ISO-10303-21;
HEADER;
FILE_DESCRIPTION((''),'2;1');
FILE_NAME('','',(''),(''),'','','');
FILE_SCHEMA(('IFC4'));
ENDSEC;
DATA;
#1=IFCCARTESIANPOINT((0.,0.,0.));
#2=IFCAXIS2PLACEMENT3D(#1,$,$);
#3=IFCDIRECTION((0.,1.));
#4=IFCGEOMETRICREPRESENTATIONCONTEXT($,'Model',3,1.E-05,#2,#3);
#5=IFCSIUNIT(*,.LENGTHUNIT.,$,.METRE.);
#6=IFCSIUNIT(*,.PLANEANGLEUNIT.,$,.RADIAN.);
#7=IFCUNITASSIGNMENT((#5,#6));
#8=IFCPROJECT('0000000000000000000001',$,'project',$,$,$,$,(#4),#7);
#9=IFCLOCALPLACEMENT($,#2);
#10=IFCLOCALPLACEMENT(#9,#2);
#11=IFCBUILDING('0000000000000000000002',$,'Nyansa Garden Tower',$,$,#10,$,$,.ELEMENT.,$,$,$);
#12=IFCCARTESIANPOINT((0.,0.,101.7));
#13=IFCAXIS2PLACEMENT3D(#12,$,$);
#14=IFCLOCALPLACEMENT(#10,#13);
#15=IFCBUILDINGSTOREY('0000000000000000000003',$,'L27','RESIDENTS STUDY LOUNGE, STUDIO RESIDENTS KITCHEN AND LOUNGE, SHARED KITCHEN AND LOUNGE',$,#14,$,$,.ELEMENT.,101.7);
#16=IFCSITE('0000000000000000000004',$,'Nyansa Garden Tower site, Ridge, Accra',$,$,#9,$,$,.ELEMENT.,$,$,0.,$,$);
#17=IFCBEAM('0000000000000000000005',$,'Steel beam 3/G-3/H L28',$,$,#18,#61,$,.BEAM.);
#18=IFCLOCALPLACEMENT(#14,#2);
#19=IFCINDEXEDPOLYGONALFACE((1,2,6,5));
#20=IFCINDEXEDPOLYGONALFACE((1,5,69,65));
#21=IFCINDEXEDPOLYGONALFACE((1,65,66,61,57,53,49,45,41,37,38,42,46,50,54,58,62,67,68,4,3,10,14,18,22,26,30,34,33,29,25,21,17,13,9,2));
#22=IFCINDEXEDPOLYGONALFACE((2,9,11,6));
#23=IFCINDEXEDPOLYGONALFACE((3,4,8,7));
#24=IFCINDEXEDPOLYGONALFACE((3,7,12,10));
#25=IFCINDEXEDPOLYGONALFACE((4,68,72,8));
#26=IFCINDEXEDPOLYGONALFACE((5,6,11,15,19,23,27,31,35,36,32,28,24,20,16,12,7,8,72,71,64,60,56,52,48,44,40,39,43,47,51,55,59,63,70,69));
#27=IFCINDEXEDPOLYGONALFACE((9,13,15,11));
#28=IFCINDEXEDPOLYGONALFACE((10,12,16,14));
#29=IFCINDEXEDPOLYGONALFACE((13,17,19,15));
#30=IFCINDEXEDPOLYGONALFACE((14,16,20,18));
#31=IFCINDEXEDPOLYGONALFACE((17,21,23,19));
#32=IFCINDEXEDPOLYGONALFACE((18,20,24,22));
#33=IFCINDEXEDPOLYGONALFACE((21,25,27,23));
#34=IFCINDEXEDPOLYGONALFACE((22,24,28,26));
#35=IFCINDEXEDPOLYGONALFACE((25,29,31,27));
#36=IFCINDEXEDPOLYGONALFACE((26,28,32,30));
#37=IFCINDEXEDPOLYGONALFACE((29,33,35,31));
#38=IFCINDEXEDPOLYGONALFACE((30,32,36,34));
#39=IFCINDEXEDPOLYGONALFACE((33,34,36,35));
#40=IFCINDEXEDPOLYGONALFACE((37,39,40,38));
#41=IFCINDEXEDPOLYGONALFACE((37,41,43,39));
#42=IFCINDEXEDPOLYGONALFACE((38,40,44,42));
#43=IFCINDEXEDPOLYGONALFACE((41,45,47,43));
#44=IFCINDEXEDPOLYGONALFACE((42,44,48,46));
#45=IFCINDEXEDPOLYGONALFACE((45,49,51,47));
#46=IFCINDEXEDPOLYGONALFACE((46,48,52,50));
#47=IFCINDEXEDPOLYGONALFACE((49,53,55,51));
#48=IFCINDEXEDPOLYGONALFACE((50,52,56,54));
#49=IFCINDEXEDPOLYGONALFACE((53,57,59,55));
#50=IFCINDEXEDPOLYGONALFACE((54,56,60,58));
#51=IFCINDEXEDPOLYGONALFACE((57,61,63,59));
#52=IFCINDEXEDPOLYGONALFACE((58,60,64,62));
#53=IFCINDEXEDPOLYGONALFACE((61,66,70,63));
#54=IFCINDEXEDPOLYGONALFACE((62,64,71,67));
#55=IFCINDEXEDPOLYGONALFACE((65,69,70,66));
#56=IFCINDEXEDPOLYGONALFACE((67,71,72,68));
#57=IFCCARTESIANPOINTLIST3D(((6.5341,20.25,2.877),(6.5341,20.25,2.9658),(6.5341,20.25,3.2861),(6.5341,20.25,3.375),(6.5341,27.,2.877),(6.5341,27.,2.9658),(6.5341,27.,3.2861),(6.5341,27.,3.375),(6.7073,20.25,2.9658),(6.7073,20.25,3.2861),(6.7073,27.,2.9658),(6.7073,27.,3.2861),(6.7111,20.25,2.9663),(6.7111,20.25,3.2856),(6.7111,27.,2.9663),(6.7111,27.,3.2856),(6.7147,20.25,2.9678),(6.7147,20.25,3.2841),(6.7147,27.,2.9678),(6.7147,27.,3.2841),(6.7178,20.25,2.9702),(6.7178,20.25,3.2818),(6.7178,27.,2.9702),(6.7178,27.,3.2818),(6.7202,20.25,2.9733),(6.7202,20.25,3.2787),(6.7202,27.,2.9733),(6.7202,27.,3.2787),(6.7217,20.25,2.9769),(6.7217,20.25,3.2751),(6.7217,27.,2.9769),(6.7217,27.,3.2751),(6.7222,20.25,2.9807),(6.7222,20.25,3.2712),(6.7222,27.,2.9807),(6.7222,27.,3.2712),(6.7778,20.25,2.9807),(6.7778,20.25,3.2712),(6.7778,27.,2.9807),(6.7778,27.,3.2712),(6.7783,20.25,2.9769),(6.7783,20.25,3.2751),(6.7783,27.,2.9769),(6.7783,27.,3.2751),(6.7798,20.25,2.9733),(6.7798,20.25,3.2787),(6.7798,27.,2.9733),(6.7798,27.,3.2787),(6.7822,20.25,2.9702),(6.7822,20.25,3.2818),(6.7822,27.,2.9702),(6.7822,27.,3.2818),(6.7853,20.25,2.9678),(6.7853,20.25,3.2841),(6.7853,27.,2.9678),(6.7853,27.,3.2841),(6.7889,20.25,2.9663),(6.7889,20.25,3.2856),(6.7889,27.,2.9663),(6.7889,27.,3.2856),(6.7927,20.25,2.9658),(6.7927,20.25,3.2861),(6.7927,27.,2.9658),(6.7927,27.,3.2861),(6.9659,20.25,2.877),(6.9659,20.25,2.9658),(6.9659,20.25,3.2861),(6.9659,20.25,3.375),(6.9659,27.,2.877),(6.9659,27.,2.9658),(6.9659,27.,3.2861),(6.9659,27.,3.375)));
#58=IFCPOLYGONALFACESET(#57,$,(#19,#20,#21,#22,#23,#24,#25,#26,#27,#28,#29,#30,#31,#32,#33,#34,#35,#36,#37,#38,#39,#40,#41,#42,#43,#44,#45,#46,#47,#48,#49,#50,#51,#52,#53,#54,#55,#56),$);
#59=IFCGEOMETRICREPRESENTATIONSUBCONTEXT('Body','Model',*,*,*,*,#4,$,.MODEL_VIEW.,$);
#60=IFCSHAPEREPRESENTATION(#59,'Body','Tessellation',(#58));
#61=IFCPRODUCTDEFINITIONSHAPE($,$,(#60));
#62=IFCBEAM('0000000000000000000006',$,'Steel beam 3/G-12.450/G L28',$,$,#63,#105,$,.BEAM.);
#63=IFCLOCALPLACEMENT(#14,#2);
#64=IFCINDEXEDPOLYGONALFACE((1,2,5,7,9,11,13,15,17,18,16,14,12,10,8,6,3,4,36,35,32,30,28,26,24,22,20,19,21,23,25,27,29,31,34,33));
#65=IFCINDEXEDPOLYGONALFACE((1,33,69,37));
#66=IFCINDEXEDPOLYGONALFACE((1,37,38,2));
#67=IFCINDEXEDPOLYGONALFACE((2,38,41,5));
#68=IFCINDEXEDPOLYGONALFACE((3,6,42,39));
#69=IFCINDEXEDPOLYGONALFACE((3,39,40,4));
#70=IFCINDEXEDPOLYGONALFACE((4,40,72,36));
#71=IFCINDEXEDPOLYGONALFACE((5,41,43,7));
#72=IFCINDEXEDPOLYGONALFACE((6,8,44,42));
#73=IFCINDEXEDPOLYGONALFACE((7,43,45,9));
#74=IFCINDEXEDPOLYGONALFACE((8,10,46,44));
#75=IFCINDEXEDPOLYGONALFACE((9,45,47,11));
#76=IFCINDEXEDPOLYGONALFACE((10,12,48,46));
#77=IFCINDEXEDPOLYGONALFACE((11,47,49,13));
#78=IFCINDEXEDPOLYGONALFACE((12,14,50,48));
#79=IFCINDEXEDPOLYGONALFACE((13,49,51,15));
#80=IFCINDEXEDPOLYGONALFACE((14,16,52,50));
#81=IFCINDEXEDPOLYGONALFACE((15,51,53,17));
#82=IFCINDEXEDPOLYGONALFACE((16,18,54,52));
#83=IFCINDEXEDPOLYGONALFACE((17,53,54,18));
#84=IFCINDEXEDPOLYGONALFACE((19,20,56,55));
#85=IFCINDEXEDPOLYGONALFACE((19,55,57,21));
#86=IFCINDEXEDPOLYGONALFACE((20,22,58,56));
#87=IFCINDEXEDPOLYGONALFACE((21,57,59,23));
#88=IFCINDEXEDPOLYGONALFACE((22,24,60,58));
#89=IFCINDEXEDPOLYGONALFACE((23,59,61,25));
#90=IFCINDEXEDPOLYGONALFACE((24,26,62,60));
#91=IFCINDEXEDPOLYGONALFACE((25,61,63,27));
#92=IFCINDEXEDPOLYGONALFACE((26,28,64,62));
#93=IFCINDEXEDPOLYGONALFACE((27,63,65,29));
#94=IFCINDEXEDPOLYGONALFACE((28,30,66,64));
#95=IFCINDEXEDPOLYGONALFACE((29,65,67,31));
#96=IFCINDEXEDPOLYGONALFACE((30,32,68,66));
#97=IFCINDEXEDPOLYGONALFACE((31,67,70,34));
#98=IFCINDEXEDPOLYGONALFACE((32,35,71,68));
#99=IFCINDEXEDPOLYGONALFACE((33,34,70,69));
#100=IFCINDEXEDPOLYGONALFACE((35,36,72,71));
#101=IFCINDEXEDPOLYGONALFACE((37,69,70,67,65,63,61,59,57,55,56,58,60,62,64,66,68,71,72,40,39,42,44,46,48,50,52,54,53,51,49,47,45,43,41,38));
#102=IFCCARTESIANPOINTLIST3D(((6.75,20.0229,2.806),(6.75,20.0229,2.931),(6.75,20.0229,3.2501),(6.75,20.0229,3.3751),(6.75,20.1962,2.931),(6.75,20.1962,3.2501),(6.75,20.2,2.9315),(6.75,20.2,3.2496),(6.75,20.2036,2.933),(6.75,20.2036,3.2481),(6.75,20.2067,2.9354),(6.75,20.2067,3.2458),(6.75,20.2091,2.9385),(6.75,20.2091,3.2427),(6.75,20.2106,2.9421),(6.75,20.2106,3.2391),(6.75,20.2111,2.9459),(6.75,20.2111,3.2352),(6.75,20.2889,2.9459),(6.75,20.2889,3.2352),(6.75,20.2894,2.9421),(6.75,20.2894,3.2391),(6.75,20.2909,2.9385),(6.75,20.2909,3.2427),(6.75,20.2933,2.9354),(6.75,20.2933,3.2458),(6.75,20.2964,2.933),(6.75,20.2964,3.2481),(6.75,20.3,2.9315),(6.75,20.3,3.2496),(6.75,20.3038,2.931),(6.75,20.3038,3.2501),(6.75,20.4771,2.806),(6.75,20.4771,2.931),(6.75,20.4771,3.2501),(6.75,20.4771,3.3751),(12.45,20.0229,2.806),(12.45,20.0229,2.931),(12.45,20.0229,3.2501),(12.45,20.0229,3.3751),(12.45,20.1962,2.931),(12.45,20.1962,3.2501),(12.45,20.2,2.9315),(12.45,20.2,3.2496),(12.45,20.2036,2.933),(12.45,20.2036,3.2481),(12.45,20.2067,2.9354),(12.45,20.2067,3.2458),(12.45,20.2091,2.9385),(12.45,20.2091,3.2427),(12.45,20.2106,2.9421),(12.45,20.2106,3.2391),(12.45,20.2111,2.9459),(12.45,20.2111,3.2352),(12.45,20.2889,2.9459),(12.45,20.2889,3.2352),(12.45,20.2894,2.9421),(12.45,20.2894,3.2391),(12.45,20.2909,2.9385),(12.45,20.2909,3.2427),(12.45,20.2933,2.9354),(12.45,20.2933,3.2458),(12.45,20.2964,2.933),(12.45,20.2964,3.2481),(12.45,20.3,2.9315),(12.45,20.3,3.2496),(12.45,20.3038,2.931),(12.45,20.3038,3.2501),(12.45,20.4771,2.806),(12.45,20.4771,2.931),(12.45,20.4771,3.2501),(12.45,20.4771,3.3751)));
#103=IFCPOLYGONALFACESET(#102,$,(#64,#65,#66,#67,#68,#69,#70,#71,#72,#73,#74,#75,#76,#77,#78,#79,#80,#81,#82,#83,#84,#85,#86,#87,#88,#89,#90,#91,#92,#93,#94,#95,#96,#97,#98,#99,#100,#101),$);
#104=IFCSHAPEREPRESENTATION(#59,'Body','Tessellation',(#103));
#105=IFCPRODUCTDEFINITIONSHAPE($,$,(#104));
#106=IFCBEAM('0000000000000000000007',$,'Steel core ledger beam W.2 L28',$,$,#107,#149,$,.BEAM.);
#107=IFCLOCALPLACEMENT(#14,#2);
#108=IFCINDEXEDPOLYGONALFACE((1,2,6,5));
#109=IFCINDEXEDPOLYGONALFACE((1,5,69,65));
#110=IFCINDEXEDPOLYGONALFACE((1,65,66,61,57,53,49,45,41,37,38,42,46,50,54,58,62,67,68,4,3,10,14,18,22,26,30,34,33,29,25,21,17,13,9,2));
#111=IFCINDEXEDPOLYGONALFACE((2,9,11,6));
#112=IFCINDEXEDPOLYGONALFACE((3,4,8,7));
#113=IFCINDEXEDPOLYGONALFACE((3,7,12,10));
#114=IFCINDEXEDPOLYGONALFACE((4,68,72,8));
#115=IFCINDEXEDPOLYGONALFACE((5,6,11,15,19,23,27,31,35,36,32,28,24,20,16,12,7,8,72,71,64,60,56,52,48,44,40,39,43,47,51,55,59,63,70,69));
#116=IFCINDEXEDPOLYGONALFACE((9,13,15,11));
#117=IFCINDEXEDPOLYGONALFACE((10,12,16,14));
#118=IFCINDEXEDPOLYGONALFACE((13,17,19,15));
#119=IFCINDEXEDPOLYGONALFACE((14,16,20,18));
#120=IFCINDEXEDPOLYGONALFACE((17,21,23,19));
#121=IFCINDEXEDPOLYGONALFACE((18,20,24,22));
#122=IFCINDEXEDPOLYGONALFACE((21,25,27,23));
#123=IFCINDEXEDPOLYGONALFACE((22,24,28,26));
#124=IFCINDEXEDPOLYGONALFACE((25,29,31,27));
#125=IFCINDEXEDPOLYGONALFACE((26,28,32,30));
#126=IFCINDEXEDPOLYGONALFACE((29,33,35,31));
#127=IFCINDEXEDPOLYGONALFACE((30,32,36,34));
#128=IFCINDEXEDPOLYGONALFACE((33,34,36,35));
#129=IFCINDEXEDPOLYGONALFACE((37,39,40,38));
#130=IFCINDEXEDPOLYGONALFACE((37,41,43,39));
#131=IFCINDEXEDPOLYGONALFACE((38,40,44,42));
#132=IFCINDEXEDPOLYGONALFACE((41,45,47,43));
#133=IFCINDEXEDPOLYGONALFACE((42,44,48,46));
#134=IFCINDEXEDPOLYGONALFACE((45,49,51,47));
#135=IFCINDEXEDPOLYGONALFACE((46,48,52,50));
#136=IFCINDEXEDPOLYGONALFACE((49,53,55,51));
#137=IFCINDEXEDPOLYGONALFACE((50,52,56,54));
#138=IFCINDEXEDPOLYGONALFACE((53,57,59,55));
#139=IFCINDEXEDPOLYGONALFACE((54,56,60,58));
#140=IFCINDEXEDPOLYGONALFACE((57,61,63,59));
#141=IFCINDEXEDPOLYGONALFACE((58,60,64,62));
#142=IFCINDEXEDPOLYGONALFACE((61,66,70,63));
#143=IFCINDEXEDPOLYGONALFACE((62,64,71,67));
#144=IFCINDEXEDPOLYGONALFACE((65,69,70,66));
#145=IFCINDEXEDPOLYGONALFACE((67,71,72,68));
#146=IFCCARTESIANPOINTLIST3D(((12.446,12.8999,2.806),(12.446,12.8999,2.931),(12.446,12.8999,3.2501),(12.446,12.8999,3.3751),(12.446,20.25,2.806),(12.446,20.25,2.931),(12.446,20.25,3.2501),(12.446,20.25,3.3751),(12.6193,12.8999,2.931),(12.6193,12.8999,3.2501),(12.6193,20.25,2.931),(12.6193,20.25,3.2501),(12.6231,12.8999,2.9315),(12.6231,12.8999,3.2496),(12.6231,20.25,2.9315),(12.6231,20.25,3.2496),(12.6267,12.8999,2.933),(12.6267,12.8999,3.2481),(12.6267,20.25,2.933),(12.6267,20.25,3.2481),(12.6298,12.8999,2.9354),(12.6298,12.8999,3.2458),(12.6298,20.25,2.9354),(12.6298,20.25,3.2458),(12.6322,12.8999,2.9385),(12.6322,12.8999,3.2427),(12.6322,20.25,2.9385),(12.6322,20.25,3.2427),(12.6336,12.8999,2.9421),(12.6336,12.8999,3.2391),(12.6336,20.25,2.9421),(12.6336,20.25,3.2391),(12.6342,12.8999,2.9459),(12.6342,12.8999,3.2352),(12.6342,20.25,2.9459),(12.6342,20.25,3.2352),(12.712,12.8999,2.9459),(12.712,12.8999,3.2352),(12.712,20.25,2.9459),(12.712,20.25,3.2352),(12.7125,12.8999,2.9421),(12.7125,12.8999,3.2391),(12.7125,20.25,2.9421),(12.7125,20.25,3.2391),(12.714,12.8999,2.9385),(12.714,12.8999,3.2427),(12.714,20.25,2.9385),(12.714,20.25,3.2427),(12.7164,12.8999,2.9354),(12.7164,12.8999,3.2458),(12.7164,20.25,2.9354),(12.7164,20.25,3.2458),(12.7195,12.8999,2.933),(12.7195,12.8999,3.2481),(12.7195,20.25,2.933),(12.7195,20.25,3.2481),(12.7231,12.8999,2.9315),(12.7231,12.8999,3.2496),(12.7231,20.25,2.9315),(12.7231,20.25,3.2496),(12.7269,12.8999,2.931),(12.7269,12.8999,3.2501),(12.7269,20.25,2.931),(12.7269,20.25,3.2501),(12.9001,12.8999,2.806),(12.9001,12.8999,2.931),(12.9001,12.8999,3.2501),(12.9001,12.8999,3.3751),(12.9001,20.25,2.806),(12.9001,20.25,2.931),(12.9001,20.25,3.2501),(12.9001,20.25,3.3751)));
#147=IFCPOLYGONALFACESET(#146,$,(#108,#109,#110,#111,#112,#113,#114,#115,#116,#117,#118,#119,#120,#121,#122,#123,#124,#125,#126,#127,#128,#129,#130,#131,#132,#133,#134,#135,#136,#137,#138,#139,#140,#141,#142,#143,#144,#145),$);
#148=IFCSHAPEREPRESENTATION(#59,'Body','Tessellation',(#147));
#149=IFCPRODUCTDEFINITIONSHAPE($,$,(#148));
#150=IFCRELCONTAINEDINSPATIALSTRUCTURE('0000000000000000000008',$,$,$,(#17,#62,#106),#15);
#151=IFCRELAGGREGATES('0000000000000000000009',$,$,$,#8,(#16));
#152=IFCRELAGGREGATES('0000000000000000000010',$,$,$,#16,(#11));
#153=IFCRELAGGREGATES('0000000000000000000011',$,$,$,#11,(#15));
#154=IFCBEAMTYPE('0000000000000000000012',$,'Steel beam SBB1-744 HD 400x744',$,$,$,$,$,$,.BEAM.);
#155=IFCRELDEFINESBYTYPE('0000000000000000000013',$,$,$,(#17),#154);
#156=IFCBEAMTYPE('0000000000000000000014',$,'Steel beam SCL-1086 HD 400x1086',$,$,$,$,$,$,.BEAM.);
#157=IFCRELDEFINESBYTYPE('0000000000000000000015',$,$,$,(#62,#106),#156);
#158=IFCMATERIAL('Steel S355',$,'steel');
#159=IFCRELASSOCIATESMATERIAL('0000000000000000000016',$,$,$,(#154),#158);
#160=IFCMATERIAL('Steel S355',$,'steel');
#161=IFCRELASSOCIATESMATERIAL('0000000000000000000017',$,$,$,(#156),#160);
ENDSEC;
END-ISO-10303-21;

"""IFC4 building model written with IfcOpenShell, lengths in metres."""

from ifc_helpers import new_model, si_unit, direction, frame, origin, origin_2d, place, context, subcontext, project, spatial, i_section, extrude, material, material_profile, profile_set, type_object, element, save


model = new_model("IFC4")

# Units and contexts
model_context = context("Model", 3, precision=1e-05, world=origin(), true_north=direction((0.0, 1.0)))
body_context = subcontext(model_context, "Body", "Model", "MODEL_VIEW")
ifc_project = project(units=[si_unit("LENGTHUNIT", "METRE"), si_unit("PLANEANGLEUNIT", "RADIAN")], contexts=[model_context])

# Site, building, storey
site_placement = place(None, origin())
site = spatial("IfcSite", under=ifc_project, at=site_placement, Name="Nyansa Garden Tower site, Ridge, Accra", CompositionType="ELEMENT", RefElevation=0.0)
building_placement = place(site_placement, origin())
building = spatial("IfcBuilding", under=site, at=building_placement, Name="Nyansa Garden Tower", CompositionType="ELEMENT")
storey_placement = place(building_placement, frame((0.0, 0.0, 101.7)))
storey = spatial("IfcBuildingStorey", under=building, at=storey_placement, Name="L27", Description="RESIDENTS STUDY LOUNGE, STUDIO RESIDENTS KITCHEN AND LOUNGE, SHARED KITCHEN AND LOUNGE", CompositionType="ELEMENT", Elevation=101.7)

# Beams
ifc_material_1 = material(Name="Steel S355", Category="steel")
ifc_material_profile_1 = material_profile(ifc_material_1, i_section(OverallWidth=0.4319, OverallDepth=0.498, WebThickness=0.0557, FlangeThickness=0.0889, FilletRadius=0.0149, at=origin_2d()), Name="HD 400x744")
ifc_profile_set_1 = profile_set([ifc_material_profile_1], Name="Steel S355")
beam_type_1 = type_object("IfcBeamType", Name="Steel beam SBB1-744 HD 400x744", PredefinedType="BEAM", material=ifc_profile_set_1)
beam_1_placement = place(storey_placement, frame((6.75, 20.25, 3.126), z_axis=(0.0, 1.0, 0.0), x_axis=(-1.0, 0.0, 0.0)))
element("IfcBeam", 1, at=beam_1_placement, inside=storey, type_object=beam_type_1, Name="Steel beam 3/G-3/H L28", PredefinedType="BEAM", context=body_context, shape_type="SweptSolid", body=[
    extrude(i_section(OverallWidth=0.4319, OverallDepth=0.498, WebThickness=0.0557, FlangeThickness=0.0889, FilletRadius=0.0149, at=origin_2d()), origin(), (0.0, 0.0, 1.0), 6.75),
])
ifc_material_2 = material(Name="Steel S355", Category="steel")
ifc_material_profile_2 = material_profile(ifc_material_2, i_section(OverallWidth=0.4541, OverallDepth=0.5691, WebThickness=0.0779, FlangeThickness=0.125, FilletRadius=0.0149, at=origin_2d()), Name="HD 400x1086")
ifc_profile_set_2 = profile_set([ifc_material_profile_2], Name="Steel S355")
beam_type_2 = type_object("IfcBeamType", Name="Steel beam SCL-1086 HD 400x1086", PredefinedType="BEAM", material=ifc_profile_set_2)
beam_2_placement = place(storey_placement, frame((6.75, 20.25, 3.0906), z_axis=(1.0, 0.0, 0.0), x_axis=(0.0, 1.0, 0.0)))
element("IfcBeam", 2, at=beam_2_placement, inside=storey, type_object=beam_type_2, Name="Steel beam 3/G-12.450/G L28", PredefinedType="BEAM", context=body_context, shape_type="SweptSolid", body=[
    extrude(i_section(OverallWidth=0.4541, OverallDepth=0.5691, WebThickness=0.0779, FlangeThickness=0.125, FilletRadius=0.0149, at=origin_2d()), origin(), (0.0, 0.0, 1.0), 5.7),
])
beam_3_placement = place(storey_placement, frame((12.6731, 20.25, 3.0906), z_axis=(0.0, -1.0, 0.0), x_axis=(1.0, 0.0, 0.0)))
element("IfcBeam", 3, at=beam_3_placement, inside=storey, type_object=beam_type_2, Name="Steel core ledger beam W.2 L28", PredefinedType="BEAM", context=body_context, shape_type="SweptSolid", body=[
    extrude(i_section(OverallWidth=0.4541, OverallDepth=0.5691, WebThickness=0.0779, FlangeThickness=0.125, FilletRadius=0.0149, at=origin_2d()), origin(), (0.0, 0.0, 1.0), 7.3501),
])

save(model, "model.ifc")
